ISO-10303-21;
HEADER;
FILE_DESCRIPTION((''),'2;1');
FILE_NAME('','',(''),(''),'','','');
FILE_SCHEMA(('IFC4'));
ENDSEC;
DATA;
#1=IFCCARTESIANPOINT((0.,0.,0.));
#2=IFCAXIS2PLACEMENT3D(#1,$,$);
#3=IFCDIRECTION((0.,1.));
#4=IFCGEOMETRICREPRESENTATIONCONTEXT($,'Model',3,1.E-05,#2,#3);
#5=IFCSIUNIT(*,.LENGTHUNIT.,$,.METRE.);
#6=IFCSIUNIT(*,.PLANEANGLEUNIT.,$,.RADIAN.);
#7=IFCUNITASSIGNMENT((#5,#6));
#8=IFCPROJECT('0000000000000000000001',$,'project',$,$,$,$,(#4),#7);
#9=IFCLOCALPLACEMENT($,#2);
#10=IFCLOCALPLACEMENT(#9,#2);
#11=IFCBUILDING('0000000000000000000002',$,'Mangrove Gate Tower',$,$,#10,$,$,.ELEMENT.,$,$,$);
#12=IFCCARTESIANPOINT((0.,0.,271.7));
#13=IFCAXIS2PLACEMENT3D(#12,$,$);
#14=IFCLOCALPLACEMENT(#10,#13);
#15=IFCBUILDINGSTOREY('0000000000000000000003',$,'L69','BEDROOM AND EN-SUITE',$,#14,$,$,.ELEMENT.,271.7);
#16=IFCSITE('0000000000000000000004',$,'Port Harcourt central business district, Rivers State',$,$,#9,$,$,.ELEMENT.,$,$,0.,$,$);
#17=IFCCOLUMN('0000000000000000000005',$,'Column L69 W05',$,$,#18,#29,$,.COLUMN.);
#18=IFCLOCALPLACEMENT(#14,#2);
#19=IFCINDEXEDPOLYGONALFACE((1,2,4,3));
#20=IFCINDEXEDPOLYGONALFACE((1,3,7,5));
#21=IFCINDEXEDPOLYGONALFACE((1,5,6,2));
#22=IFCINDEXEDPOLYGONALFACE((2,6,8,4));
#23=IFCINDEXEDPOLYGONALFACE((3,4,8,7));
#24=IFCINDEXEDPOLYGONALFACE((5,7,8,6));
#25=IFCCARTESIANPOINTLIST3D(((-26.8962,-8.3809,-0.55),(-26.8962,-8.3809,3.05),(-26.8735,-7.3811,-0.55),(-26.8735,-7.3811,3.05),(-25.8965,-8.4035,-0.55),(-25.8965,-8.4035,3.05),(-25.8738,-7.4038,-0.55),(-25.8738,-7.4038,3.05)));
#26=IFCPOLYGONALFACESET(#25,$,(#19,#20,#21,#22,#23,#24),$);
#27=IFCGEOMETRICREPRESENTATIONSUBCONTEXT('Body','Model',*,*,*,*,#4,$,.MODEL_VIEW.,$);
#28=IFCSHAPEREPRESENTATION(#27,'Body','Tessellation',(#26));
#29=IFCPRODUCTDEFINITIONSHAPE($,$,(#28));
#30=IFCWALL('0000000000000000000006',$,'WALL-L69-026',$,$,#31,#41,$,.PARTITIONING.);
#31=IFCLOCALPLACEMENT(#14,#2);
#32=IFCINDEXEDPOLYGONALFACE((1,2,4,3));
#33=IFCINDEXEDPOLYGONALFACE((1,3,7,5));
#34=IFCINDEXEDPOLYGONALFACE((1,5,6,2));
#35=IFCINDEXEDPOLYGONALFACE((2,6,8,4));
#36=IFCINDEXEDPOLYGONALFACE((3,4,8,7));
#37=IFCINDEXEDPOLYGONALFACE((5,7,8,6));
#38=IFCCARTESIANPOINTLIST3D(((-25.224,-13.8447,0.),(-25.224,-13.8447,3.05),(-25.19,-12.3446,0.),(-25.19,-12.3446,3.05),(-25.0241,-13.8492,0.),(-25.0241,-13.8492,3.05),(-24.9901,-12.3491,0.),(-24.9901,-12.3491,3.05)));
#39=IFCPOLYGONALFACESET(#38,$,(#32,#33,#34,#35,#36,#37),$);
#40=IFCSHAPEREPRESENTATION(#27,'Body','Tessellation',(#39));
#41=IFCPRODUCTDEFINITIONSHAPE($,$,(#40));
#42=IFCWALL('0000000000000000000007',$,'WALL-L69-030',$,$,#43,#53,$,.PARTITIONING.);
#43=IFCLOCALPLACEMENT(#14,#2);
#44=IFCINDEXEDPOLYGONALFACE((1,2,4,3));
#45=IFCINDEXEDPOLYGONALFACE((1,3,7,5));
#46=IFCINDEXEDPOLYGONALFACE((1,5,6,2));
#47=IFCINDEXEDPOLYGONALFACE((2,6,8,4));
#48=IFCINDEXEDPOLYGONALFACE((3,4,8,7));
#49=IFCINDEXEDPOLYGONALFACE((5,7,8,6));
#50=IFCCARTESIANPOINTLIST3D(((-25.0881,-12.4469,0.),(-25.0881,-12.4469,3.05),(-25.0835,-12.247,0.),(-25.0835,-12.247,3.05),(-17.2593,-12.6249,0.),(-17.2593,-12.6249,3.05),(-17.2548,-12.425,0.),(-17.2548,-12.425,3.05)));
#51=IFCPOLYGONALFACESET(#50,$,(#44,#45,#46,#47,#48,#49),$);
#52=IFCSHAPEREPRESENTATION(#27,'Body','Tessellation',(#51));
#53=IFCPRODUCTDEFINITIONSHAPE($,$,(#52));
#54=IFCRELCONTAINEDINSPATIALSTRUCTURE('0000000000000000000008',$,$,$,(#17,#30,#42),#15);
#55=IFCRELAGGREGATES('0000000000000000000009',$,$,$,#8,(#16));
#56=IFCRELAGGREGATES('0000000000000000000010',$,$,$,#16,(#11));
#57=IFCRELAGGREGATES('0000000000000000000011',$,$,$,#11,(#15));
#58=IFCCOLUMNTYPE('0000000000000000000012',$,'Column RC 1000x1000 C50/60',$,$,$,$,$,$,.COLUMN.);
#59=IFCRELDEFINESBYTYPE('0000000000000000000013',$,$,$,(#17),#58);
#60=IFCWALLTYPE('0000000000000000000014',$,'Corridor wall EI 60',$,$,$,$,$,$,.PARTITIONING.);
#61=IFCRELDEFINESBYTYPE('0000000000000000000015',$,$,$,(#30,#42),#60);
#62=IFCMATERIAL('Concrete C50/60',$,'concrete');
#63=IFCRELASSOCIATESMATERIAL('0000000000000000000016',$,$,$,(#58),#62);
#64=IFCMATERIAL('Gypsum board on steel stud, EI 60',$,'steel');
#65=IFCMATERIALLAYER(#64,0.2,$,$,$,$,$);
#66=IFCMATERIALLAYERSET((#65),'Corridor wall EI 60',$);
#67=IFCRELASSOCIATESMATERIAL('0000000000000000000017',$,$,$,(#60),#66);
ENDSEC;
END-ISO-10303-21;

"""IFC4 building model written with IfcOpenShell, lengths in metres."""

from ifc_helpers import new_model, si_unit, direction, frame, frame_2d, origin, origin_2d, place, context, subcontext, project, spatial, rectangle, extrude, material, layer, layer_set, material_profile, profile_set, type_object, element, save


model = new_model("IFC4")

# Units and contexts
model_context = context("Model", 3, precision=1e-05, world=origin(), true_north=direction((0.0, 1.0)))
body_context = subcontext(model_context, "Body", "Model", "MODEL_VIEW")
ifc_project = project(units=[si_unit("LENGTHUNIT", "METRE"), si_unit("PLANEANGLEUNIT", "RADIAN")], contexts=[model_context])

# Site, building, storey
site_placement = place(None, origin())
site = spatial("IfcSite", under=ifc_project, at=site_placement, Name="Port Harcourt central business district, Rivers State", CompositionType="ELEMENT", RefElevation=0.0)
building_placement = place(site_placement, origin())
building = spatial("IfcBuilding", under=site, at=building_placement, Name="Mangrove Gate Tower", CompositionType="ELEMENT")
storey_placement = place(building_placement, frame((0.0, 0.0, 271.7)))
storey = spatial("IfcBuildingStorey", under=building, at=storey_placement, Name="L69", Description="BEDROOM AND EN-SUITE", CompositionType="ELEMENT", Elevation=271.7)

# Column
ifc_material_1 = material(Name="Concrete C50/60", Category="concrete")
ifc_material_profile = material_profile(ifc_material_1, rectangle(XDim=1.0, YDim=1.0, at=origin_2d()))
ifc_profile_set = profile_set([ifc_material_profile], Name="Concrete C50/60")
column_type = type_object("IfcColumnType", Name="Column RC 1000x1000 C50/60", PredefinedType="COLUMN", material=ifc_profile_set)
column_placement = place(storey_placement, frame((-26.385, -7.8923, -0.55), z_axis=(0.0, 0.0, 1.0), x_axis=(-0.022672, -0.999743, 0.0)))
element("IfcColumn", 1, at=column_placement, inside=storey, type_object=column_type, Name="Column L69 W05", PredefinedType="COLUMN", context=body_context, shape_type="SweptSolid", body=[
    extrude(rectangle(XDim=1.0, YDim=1.0, at=origin_2d()), origin(), (0.0, 0.0, 1.0), 3.6001),
])

# Wall
ifc_material_2 = material(Name="Gypsum board on steel stud, EI 60", Category="steel")
ifc_layer = layer(ifc_material_2, 0.2)
ifc_layer_set = layer_set([ifc_layer], Name="Corridor wall EI 60")
wall_type = type_object("IfcWallType", Name="Corridor wall EI 60", PredefinedType="PARTITIONING", material=ifc_layer_set)
wall_1_placement = place(storey_placement, frame((-25.124, -13.8469, 0.0), z_axis=(0.0, 0.0, 1.0), x_axis=(0.022618, 0.999744, 0.0)))
element("IfcWall", 2, at=wall_1_placement, inside=storey, type_object=wall_type, Name="WALL-L69-026", PredefinedType="PARTITIONING", context=body_context, shape_type="SweptSolid", body=[
    extrude(rectangle(XDim=1.5005, YDim=0.2, at=frame_2d((0.7502, 0.0))), origin(), (0.0, 0.0, 1.0), 3.05),
])

# Wall
wall_2_placement = place(storey_placement, frame((-25.0859, -12.3469, 0.0), z_axis=(0.0, 0.0, 1.0), x_axis=(0.999742, -0.022728, 0.0)))
element("IfcWall", 3, at=wall_2_placement, inside=storey, type_object=wall_type, Name="WALL-L69-030", PredefinedType="PARTITIONING", context=body_context, shape_type="SweptSolid", body=[
    extrude(rectangle(XDim=7.8308, YDim=0.2, at=frame_2d((3.9155, 0.0))), origin(), (0.0, 0.0, 1.0), 3.05),
])

save(model, "model.ifc")
